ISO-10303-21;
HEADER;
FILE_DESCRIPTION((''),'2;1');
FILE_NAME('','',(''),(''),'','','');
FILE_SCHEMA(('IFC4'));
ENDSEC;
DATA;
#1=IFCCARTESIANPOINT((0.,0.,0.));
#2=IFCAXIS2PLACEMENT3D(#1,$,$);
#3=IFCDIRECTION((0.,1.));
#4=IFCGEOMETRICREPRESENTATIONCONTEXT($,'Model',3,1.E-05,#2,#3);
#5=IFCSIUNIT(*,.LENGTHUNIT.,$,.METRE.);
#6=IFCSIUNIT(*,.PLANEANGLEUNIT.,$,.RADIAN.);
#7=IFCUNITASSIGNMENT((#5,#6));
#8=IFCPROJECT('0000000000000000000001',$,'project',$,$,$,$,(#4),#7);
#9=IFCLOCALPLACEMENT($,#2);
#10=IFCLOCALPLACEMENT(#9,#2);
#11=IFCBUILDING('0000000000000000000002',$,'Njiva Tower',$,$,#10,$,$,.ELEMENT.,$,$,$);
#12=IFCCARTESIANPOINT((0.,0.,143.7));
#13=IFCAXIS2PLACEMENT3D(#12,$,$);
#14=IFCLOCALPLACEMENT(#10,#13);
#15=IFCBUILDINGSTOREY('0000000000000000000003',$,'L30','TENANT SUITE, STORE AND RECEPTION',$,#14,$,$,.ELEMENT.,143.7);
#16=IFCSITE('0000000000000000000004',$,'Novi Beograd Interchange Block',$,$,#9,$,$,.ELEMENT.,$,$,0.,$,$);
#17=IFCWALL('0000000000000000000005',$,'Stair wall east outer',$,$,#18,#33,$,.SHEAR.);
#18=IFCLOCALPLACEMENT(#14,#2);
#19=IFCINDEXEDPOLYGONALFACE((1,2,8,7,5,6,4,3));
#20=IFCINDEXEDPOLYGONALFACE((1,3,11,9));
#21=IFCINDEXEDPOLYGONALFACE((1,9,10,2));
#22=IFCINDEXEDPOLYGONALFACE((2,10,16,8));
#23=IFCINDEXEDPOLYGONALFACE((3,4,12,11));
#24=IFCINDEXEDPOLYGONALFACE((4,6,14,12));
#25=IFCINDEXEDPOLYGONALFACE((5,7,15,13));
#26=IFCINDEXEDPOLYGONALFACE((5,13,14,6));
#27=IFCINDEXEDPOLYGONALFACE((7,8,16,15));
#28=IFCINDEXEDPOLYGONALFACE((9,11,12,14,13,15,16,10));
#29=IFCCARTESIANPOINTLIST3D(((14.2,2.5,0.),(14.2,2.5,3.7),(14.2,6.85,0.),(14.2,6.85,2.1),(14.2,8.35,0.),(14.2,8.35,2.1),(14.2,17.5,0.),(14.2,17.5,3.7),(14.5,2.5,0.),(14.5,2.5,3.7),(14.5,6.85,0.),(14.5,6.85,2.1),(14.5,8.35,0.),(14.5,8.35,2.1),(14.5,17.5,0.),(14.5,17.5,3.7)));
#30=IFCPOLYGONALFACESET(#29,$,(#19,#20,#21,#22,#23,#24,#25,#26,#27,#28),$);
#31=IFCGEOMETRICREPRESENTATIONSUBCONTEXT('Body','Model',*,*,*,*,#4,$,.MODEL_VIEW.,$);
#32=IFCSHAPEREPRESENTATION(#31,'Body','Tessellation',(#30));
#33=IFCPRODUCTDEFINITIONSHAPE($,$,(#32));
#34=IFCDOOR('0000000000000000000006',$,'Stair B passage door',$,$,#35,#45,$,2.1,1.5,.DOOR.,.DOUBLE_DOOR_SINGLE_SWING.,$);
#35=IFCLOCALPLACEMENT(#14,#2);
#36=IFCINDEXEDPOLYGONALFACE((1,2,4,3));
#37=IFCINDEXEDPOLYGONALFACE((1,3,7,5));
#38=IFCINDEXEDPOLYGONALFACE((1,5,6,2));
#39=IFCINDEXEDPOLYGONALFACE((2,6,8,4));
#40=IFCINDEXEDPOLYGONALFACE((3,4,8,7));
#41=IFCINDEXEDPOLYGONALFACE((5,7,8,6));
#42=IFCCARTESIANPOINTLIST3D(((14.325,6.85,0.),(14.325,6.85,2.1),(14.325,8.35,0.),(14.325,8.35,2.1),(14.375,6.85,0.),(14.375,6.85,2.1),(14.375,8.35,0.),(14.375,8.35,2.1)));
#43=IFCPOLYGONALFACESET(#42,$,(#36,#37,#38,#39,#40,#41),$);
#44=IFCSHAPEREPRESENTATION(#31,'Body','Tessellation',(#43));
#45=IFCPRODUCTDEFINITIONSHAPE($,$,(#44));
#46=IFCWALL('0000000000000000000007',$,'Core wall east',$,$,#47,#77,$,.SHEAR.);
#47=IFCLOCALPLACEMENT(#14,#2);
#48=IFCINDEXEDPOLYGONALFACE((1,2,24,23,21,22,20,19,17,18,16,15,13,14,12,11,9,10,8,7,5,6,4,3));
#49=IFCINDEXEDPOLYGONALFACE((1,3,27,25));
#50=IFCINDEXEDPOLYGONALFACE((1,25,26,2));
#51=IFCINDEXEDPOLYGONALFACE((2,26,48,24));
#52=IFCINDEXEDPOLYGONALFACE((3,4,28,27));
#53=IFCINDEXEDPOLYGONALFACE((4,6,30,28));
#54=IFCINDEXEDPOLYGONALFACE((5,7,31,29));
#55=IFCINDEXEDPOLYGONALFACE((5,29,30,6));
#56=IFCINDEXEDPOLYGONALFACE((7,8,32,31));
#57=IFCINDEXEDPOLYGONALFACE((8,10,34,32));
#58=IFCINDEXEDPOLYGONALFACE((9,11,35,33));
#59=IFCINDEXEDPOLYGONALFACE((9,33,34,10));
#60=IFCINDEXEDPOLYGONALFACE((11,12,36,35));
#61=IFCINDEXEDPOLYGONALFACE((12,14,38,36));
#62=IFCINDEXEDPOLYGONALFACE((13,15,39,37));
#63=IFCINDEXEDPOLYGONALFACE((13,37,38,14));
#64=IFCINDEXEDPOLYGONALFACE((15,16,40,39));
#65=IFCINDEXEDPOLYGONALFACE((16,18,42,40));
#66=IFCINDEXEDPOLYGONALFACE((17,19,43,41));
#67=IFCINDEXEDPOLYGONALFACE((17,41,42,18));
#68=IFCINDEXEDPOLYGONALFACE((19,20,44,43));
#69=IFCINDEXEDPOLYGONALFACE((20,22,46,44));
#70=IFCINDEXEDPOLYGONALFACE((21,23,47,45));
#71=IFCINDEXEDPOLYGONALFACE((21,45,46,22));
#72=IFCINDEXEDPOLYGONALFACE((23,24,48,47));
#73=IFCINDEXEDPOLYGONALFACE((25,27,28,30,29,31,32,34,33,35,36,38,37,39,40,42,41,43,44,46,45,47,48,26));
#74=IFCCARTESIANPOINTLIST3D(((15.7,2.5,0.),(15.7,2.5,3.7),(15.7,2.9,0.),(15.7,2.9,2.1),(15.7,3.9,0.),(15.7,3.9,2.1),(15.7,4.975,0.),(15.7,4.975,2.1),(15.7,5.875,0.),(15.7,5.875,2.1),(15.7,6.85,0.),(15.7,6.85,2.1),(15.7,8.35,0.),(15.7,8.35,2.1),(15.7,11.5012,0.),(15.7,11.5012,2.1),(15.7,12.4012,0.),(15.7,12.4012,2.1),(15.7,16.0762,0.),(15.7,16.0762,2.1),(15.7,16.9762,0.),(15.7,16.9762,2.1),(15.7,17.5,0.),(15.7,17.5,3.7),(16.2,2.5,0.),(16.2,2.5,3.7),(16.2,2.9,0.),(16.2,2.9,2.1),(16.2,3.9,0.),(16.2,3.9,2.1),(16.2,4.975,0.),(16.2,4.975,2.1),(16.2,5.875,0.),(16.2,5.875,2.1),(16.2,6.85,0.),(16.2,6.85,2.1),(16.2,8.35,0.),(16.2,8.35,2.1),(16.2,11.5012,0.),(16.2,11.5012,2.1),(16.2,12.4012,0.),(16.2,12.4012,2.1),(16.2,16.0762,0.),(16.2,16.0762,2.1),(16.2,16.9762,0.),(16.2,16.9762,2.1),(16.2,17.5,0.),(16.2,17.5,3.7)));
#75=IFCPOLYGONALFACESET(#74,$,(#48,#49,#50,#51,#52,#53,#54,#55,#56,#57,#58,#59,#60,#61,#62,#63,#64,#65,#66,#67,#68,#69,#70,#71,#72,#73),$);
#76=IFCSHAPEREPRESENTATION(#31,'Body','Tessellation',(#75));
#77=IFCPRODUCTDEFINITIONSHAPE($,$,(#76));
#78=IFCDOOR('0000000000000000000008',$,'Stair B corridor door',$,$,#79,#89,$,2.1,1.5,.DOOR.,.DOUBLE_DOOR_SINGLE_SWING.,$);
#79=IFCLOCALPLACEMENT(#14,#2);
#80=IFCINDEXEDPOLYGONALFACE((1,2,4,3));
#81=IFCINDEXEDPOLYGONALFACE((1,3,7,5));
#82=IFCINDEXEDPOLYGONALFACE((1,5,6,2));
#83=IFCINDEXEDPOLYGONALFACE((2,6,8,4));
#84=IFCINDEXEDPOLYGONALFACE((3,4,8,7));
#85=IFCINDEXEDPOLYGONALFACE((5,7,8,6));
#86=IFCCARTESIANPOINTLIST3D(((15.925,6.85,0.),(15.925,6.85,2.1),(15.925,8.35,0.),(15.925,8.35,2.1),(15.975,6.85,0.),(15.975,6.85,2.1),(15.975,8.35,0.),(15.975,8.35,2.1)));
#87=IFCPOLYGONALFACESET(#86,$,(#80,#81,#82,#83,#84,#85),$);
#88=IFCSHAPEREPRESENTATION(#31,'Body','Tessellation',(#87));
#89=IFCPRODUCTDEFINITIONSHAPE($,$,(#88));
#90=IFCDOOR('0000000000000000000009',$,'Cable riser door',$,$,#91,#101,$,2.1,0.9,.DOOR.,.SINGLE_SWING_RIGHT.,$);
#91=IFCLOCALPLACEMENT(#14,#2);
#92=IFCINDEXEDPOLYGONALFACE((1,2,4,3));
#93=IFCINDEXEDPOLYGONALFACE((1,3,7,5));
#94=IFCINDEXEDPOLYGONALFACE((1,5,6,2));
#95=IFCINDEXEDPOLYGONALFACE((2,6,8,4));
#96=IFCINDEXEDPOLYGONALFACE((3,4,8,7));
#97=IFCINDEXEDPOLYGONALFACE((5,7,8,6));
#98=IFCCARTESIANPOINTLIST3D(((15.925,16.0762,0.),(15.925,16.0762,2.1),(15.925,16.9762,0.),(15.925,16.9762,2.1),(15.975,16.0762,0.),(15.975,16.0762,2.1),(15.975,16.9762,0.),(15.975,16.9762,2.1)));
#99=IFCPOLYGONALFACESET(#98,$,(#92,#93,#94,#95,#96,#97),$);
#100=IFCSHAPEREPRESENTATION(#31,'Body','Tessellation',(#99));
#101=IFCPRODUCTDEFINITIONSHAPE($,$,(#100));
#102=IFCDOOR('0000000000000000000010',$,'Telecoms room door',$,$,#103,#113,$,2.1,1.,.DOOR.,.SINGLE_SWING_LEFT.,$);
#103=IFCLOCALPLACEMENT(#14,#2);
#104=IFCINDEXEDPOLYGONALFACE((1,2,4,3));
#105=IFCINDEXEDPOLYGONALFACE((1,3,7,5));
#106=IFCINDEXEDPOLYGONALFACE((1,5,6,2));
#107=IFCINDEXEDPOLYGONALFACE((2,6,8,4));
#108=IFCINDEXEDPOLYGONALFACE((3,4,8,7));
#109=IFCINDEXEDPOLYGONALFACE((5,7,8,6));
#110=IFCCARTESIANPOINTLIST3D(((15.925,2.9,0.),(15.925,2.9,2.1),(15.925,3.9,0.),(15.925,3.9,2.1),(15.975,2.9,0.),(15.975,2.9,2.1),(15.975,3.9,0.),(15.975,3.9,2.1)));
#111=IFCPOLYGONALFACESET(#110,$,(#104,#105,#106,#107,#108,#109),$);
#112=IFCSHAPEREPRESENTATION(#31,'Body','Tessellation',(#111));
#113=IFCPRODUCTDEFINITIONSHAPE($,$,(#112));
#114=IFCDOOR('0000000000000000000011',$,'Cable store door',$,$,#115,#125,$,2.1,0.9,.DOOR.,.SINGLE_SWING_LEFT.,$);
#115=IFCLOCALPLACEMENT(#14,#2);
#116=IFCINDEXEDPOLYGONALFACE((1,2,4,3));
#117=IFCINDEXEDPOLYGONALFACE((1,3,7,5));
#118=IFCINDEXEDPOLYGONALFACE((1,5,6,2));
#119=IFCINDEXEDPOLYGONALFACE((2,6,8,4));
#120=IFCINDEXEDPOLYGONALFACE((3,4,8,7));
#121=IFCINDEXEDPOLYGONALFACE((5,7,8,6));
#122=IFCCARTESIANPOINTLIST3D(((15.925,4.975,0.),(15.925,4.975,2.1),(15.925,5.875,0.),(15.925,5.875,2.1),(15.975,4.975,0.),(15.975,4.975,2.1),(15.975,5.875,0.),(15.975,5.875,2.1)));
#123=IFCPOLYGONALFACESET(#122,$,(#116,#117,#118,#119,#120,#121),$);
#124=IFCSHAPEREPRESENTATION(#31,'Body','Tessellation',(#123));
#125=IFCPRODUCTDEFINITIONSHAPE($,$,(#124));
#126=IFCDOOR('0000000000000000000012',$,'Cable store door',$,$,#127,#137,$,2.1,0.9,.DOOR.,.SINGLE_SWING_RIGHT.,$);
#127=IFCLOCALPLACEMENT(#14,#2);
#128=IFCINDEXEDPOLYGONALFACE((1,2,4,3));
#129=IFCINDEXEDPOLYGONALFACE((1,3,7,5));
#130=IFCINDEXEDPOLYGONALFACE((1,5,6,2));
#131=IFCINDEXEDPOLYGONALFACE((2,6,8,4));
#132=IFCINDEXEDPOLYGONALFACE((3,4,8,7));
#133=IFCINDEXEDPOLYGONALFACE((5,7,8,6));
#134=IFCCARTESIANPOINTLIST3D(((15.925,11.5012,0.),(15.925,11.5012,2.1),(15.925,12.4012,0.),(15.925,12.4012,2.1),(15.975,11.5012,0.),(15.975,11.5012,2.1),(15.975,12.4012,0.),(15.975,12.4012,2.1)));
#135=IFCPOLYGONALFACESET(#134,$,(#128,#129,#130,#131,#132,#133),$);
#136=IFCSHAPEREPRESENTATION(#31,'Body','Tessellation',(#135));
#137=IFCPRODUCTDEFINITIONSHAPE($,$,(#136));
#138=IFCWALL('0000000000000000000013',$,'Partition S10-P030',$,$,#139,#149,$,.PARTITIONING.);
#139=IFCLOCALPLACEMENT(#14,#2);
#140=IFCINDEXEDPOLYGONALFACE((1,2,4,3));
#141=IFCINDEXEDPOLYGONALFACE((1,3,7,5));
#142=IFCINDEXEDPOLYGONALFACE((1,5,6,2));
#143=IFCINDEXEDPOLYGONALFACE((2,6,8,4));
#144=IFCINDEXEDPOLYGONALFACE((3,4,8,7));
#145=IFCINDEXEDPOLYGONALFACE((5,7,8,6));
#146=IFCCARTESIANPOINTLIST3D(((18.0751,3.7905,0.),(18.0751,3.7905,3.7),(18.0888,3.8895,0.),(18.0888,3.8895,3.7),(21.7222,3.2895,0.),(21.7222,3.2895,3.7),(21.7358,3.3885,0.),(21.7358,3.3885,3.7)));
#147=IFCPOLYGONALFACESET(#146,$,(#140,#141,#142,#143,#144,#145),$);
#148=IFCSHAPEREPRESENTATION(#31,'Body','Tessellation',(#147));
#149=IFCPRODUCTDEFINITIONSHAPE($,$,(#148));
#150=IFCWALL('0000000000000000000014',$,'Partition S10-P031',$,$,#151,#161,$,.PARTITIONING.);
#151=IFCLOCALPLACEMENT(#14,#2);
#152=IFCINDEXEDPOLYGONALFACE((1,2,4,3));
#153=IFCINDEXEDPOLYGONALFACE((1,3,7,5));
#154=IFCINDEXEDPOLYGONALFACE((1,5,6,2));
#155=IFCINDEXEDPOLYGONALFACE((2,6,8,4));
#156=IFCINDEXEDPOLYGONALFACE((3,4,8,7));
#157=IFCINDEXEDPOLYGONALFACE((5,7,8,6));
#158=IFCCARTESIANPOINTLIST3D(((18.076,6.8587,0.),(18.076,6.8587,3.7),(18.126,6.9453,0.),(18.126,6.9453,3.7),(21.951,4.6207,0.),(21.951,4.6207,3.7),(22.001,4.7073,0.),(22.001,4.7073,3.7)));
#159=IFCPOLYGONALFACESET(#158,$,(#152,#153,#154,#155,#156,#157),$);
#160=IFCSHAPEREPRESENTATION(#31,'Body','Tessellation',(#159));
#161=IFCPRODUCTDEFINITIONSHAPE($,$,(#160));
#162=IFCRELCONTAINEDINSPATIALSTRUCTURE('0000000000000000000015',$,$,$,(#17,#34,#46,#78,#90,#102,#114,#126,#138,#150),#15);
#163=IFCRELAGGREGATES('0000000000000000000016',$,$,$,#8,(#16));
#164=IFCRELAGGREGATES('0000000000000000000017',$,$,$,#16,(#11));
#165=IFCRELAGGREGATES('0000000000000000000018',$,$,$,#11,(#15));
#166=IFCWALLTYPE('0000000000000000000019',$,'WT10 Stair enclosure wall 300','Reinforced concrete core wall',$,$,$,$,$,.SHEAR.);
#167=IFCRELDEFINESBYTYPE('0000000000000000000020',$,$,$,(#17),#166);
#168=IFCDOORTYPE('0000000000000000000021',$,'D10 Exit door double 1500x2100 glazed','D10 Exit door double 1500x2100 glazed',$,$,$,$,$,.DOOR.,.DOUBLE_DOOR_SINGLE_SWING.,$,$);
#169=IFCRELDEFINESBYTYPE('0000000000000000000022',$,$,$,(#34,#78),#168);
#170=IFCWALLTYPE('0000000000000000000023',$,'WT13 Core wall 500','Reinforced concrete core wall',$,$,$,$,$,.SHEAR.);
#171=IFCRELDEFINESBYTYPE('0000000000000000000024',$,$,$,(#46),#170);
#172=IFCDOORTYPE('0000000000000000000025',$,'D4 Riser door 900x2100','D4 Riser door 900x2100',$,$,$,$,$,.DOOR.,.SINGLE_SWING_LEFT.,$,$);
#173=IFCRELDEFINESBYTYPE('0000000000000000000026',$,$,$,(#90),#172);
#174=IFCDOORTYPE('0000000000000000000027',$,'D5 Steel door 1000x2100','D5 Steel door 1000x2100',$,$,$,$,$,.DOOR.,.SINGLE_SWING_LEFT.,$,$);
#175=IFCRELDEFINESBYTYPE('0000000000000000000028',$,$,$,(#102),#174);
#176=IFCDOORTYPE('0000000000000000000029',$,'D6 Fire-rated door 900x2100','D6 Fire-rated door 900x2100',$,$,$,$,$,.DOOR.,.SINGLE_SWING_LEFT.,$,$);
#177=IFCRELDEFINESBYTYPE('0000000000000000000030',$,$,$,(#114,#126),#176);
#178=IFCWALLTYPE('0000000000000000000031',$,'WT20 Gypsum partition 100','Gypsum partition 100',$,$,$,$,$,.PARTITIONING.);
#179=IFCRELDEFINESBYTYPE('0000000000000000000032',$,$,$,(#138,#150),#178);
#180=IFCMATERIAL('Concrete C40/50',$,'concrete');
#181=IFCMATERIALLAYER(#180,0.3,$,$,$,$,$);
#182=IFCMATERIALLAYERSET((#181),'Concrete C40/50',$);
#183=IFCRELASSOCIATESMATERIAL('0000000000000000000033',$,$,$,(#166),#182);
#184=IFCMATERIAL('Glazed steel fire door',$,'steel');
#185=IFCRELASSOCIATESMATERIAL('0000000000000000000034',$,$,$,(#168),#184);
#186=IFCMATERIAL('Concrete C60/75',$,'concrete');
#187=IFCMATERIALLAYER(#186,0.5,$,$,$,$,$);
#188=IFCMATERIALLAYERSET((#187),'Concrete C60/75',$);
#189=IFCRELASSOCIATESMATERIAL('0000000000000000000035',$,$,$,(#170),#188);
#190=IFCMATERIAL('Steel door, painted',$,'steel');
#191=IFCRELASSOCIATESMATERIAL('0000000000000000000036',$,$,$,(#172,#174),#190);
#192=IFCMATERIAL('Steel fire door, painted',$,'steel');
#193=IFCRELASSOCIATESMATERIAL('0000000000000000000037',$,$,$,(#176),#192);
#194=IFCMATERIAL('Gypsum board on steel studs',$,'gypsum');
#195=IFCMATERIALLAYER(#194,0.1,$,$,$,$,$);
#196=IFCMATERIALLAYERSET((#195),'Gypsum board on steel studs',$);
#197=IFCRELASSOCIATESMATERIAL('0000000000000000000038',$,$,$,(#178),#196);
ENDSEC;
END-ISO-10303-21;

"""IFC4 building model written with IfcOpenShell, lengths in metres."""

from ifc_helpers import new_model, si_unit, direction, frame, frame_2d, origin, place, context, subcontext, project, spatial, rectangle, extrude, material, layer, layer_set, type_object, element, fill, save


model = new_model("IFC4")

# Units and contexts
model_context = context("Model", 3, precision=1e-05, world=origin(), true_north=direction((0.0, 1.0)))
body_context = subcontext(model_context, "Body", "Model", "MODEL_VIEW")
ifc_project = project(units=[si_unit("LENGTHUNIT", "METRE"), si_unit("PLANEANGLEUNIT", "RADIAN")], contexts=[model_context])

# Site, building, storey
site_placement = place(None, origin())
site = spatial("IfcSite", under=ifc_project, at=site_placement, Name="Novi Beograd Interchange Block", CompositionType="ELEMENT", RefElevation=0.0)
building_placement = place(site_placement, origin())
building = spatial("IfcBuilding", under=site, at=building_placement, Name="Njiva Tower", CompositionType="ELEMENT")
storey_placement = place(building_placement, frame((0.0, 0.0, 143.7)))
storey = spatial("IfcBuildingStorey", under=building, at=storey_placement, Name="L30", Description="TENANT SUITE, STORE AND RECEPTION", CompositionType="ELEMENT", Elevation=143.7)

# Wall, opening, door
ifc_material_1 = material(Name="Concrete C40/50", Category="concrete")
ifc_layer_1 = layer(ifc_material_1, 0.3)
ifc_layer_set_1 = layer_set([ifc_layer_1], Name="Concrete C40/50")
wall_type_1 = type_object("IfcWallType", Name="WT10 Stair enclosure wall 300", Description="Reinforced concrete core wall", PredefinedType="SHEAR", material=ifc_layer_set_1)
wall_1_placement = place(storey_placement, frame((14.35, 2.5, 0.0), z_axis=(0.0, 0.0, 1.0), x_axis=(0.0, 1.0, 0.0)))
wall_1 = element("IfcWall", 1, at=wall_1_placement, inside=storey, type_object=wall_type_1, Name="Stair wall east outer", PredefinedType="SHEAR", context=body_context, shape_type="SweptSolid", body=[
    extrude(rectangle(XDim=15.0, YDim=0.3, at=frame_2d((7.5, 0.0))), origin(), (0.0, 0.0, 1.0), 3.7),
])
opening_1_placement = place(wall_1_placement, frame((4.35, 0.0, 0.0)))
opening_1 = element("IfcOpeningElement", 2, at=opening_1_placement, cuts=wall_1, PredefinedType="OPENING", context=body_context, shape_type="SweptSolid", body=[
    extrude(rectangle(XDim=1.5, YDim=2.1, at=frame_2d((0.75, 1.05))), frame((0.0, 0.16, 0.0), z_axis=(0.0, -1.0, 0.0), x_axis=(1.0, 0.0, 0.0)), (0.0, 0.0, 1.0), 0.32),
])
ifc_material_2 = material(Name="Glazed steel fire door", Category="steel")
door_type_1 = type_object("IfcDoorType", Name="D10 Exit door double 1500x2100 glazed", Description="D10 Exit door double 1500x2100 glazed", OperationType="DOUBLE_DOOR_SINGLE_SWING", PredefinedType="DOOR", material=ifc_material_2)
door_1_placement = place(opening_1_placement, origin())
door_1 = element("IfcDoor", 3, at=door_1_placement, inside=storey, type_object=door_type_1, Name="Stair B passage door", OperationType="DOUBLE_DOOR_SINGLE_SWING", OverallHeight=2.1, OverallWidth=1.5, PredefinedType="DOOR", context=body_context, shape_type="SweptSolid", body=[
    extrude(rectangle(XDim=1.5, YDim=2.1, at=frame_2d((0.75, 1.05))), frame((0.0, 0.025, 0.0), z_axis=(0.0, -1.0, 0.0), x_axis=(1.0, 0.0, 0.0)), (0.0, 0.0, 1.0), 0.05),
])
fill(opening_1, door_1)

# Wall, openings, doors
ifc_material_3 = material(Name="Concrete C60/75", Category="concrete")
ifc_layer_2 = layer(ifc_material_3, 0.5)
ifc_layer_set_2 = layer_set([ifc_layer_2], Name="Concrete C60/75")
wall_type_2 = type_object("IfcWallType", Name="WT13 Core wall 500", Description="Reinforced concrete core wall", PredefinedType="SHEAR", material=ifc_layer_set_2)
wall_2_placement = place(storey_placement, frame((15.95, 2.5, 0.0), z_axis=(0.0, 0.0, 1.0), x_axis=(0.0, 1.0, 0.0)))
wall_2 = element("IfcWall", 4, at=wall_2_placement, inside=storey, type_object=wall_type_2, Name="Core wall east", PredefinedType="SHEAR", context=body_context, shape_type="SweptSolid", body=[
    extrude(rectangle(XDim=15.0, YDim=0.5, at=frame_2d((7.5, 0.0))), origin(), (0.0, 0.0, 1.0), 3.7),
])
opening_2_placement = place(wall_2_placement, frame((4.35, 0.0, 0.0)))
opening_2 = element("IfcOpeningElement", 5, at=opening_2_placement, cuts=wall_2, PredefinedType="OPENING", context=body_context, shape_type="SweptSolid", body=[
    extrude(rectangle(XDim=1.5, YDim=2.1, at=frame_2d((0.75, 1.05))), frame((0.0, 0.26, 0.0), z_axis=(0.0, -1.0, 0.0), x_axis=(1.0, 0.0, 0.0)), (0.0, 0.0, 1.0), 0.52),
])
opening_3_placement = place(wall_2_placement, frame((0.4, 0.0, 0.0)))
opening_3 = element("IfcOpeningElement", 6, at=opening_3_placement, cuts=wall_2, PredefinedType="OPENING", context=body_context, shape_type="SweptSolid", body=[
    extrude(rectangle(XDim=1.0, YDim=2.1, at=frame_2d((0.5, 1.05))), frame((0.0, 0.26, 0.0), z_axis=(0.0, -1.0, 0.0), x_axis=(1.0, 0.0, 0.0)), (0.0, 0.0, 1.0), 0.52),
])
opening_4_placement = place(wall_2_placement, frame((2.475, 0.0, 0.0)))
opening_4 = element("IfcOpeningElement", 7, at=opening_4_placement, cuts=wall_2, PredefinedType="OPENING", context=body_context, shape_type="SweptSolid", body=[
    extrude(rectangle(XDim=0.9, YDim=2.1, at=frame_2d((0.45, 1.05))), frame((0.0, 0.26, 0.0), z_axis=(0.0, -1.0, 0.0), x_axis=(1.0, 0.0, 0.0)), (0.0, 0.0, 1.0), 0.52),
])
opening_5_placement = place(wall_2_placement, frame((9.0012, 0.0, 0.0)))
opening_5 = element("IfcOpeningElement", 8, at=opening_5_placement, cuts=wall_2, PredefinedType="OPENING", context=body_context, shape_type="SweptSolid", body=[
    extrude(rectangle(XDim=0.9, YDim=2.1, at=frame_2d((0.45, 1.05))), frame((0.0, 0.26, 0.0), z_axis=(0.0, -1.0, 0.0), x_axis=(1.0, 0.0, 0.0)), (0.0, 0.0, 1.0), 0.52),
])
opening_6_placement = place(wall_2_placement, frame((13.5762, 0.0, 0.0)))
opening_6 = element("IfcOpeningElement", 9, at=opening_6_placement, cuts=wall_2, PredefinedType="OPENING", context=body_context, shape_type="SweptSolid", body=[
    extrude(rectangle(XDim=0.9, YDim=2.1, at=frame_2d((0.45, 1.05))), frame((0.0, 0.26, 0.0), z_axis=(0.0, -1.0, 0.0), x_axis=(1.0, 0.0, 0.0)), (0.0, 0.0, 1.0), 0.52),
])
door_2_placement = place(opening_2_placement, origin())
door_2 = element("IfcDoor", 10, at=door_2_placement, inside=storey, type_object=door_type_1, Name="Stair B corridor door", OperationType="DOUBLE_DOOR_SINGLE_SWING", OverallHeight=2.1, OverallWidth=1.5, PredefinedType="DOOR", context=body_context, shape_type="SweptSolid", body=[
    extrude(rectangle(XDim=1.5, YDim=2.1, at=frame_2d((0.75, 1.05))), frame((0.0, 0.025, 0.0), z_axis=(0.0, -1.0, 0.0), x_axis=(1.0, 0.0, 0.0)), (0.0, 0.0, 1.0), 0.05),
])
fill(opening_2, door_2)
ifc_material_4 = material(Name="Steel door, painted", Category="steel")
door_type_2 = type_object("IfcDoorType", Name="D4 Riser door 900x2100", Description="D4 Riser door 900x2100", OperationType="SINGLE_SWING_LEFT", PredefinedType="DOOR", material=ifc_material_4)
door_3_placement = place(opening_6_placement, origin())
door_3 = element("IfcDoor", 11, at=door_3_placement, inside=storey, type_object=door_type_2, Name="Cable riser door", OperationType="SINGLE_SWING_RIGHT", OverallHeight=2.1, OverallWidth=0.9, PredefinedType="DOOR", context=body_context, shape_type="SweptSolid", body=[
    extrude(rectangle(XDim=0.9, YDim=2.1, at=frame_2d((0.45, 1.05))), frame((0.0, 0.025, 0.0), z_axis=(0.0, -1.0, 0.0), x_axis=(1.0, 0.0, 0.0)), (0.0, 0.0, 1.0), 0.05),
])
fill(opening_6, door_3)
door_type_3 = type_object("IfcDoorType", Name="D5 Steel door 1000x2100", Description="D5 Steel door 1000x2100", OperationType="SINGLE_SWING_LEFT", PredefinedType="DOOR", material=ifc_material_4)
door_4_placement = place(opening_3_placement, origin())
door_4 = element("IfcDoor", 12, at=door_4_placement, inside=storey, type_object=door_type_3, Name="Telecoms room door", OperationType="SINGLE_SWING_LEFT", OverallHeight=2.1, OverallWidth=1.0, PredefinedType="DOOR", context=body_context, shape_type="SweptSolid", body=[
    extrude(rectangle(XDim=1.0, YDim=2.1, at=frame_2d((0.5, 1.05))), frame((0.0, 0.025, 0.0), z_axis=(0.0, -1.0, 0.0), x_axis=(1.0, 0.0, 0.0)), (0.0, 0.0, 1.0), 0.05),
])
fill(opening_3, door_4)
ifc_material_5 = material(Name="Steel fire door, painted", Category="steel")
door_type_4 = type_object("IfcDoorType", Name="D6 Fire-rated door 900x2100", Description="D6 Fire-rated door 900x2100", OperationType="SINGLE_SWING_LEFT", PredefinedType="DOOR", material=ifc_material_5)
door_5_placement = place(opening_4_placement, origin())
door_5 = element("IfcDoor", 13, at=door_5_placement, inside=storey, type_object=door_type_4, Name="Cable store door", OperationType="SINGLE_SWING_LEFT", OverallHeight=2.1, OverallWidth=0.9, PredefinedType="DOOR", context=body_context, shape_type="SweptSolid", body=[
    extrude(rectangle(XDim=0.9, YDim=2.1, at=frame_2d((0.45, 1.05))), frame((0.0, 0.025, 0.0), z_axis=(0.0, -1.0, 0.0), x_axis=(1.0, 0.0, 0.0)), (0.0, 0.0, 1.0), 0.05),
])
fill(opening_4, door_5)
door_6_placement = place(opening_5_placement, origin())
door_6 = element("IfcDoor", 14, at=door_6_placement, inside=storey, type_object=door_type_4, Name="Cable store door", OperationType="SINGLE_SWING_RIGHT", OverallHeight=2.1, OverallWidth=0.9, PredefinedType="DOOR", context=body_context, shape_type="SweptSolid", body=[
    extrude(rectangle(XDim=0.9, YDim=2.1, at=frame_2d((0.45, 1.05))), frame((0.0, 0.025, 0.0), z_axis=(0.0, -1.0, 0.0), x_axis=(1.0, 0.0, 0.0)), (0.0, 0.0, 1.0), 0.05),
])
fill(opening_5, door_6)

# Walls
ifc_material_6 = material(Name="Gypsum board on steel studs", Category="gypsum")
ifc_layer_3 = layer(ifc_material_6, 0.1)
ifc_layer_set_3 = layer_set([ifc_layer_3], Name="Gypsum board on steel studs")
wall_type_3 = type_object("IfcWallType", Name="WT20 Gypsum partition 100", Description="Gypsum partition 100", PredefinedType="PARTITIONING", material=ifc_layer_set_3)
wall_3_placement = place(storey_placement, frame((18.082, 3.84, 0.0), z_axis=(0.0, 0.0, 1.0), x_axis=(0.990696, -0.136095, 0.0)))
element("IfcWall", 15, at=wall_3_placement, inside=storey, type_object=wall_type_3, Name="Partition S10-P030", PredefinedType="PARTITIONING", context=body_context, shape_type="SweptSolid", body=[
    extrude(rectangle(XDim=3.6813, YDim=0.1, at=frame_2d((1.8406, 0.0))), origin(), (0.0, 0.0, 1.0), 3.7),
])
wall_4_placement = place(storey_placement, frame((18.101, 6.902, 0.0), z_axis=(0.0, 0.0, 1.0), x_axis=(0.865951, -0.500129, 0.0)))
element("IfcWall", 16, at=wall_4_placement, inside=storey, type_object=wall_type_3, Name="Partition S10-P031", PredefinedType="PARTITIONING", context=body_context, shape_type="SweptSolid", body=[
    extrude(rectangle(XDim=4.4748, YDim=0.1, at=frame_2d((2.2374, 0.0))), origin(), (0.0, 0.0, 1.0), 3.7),
])

save(model, "model.ifc")
